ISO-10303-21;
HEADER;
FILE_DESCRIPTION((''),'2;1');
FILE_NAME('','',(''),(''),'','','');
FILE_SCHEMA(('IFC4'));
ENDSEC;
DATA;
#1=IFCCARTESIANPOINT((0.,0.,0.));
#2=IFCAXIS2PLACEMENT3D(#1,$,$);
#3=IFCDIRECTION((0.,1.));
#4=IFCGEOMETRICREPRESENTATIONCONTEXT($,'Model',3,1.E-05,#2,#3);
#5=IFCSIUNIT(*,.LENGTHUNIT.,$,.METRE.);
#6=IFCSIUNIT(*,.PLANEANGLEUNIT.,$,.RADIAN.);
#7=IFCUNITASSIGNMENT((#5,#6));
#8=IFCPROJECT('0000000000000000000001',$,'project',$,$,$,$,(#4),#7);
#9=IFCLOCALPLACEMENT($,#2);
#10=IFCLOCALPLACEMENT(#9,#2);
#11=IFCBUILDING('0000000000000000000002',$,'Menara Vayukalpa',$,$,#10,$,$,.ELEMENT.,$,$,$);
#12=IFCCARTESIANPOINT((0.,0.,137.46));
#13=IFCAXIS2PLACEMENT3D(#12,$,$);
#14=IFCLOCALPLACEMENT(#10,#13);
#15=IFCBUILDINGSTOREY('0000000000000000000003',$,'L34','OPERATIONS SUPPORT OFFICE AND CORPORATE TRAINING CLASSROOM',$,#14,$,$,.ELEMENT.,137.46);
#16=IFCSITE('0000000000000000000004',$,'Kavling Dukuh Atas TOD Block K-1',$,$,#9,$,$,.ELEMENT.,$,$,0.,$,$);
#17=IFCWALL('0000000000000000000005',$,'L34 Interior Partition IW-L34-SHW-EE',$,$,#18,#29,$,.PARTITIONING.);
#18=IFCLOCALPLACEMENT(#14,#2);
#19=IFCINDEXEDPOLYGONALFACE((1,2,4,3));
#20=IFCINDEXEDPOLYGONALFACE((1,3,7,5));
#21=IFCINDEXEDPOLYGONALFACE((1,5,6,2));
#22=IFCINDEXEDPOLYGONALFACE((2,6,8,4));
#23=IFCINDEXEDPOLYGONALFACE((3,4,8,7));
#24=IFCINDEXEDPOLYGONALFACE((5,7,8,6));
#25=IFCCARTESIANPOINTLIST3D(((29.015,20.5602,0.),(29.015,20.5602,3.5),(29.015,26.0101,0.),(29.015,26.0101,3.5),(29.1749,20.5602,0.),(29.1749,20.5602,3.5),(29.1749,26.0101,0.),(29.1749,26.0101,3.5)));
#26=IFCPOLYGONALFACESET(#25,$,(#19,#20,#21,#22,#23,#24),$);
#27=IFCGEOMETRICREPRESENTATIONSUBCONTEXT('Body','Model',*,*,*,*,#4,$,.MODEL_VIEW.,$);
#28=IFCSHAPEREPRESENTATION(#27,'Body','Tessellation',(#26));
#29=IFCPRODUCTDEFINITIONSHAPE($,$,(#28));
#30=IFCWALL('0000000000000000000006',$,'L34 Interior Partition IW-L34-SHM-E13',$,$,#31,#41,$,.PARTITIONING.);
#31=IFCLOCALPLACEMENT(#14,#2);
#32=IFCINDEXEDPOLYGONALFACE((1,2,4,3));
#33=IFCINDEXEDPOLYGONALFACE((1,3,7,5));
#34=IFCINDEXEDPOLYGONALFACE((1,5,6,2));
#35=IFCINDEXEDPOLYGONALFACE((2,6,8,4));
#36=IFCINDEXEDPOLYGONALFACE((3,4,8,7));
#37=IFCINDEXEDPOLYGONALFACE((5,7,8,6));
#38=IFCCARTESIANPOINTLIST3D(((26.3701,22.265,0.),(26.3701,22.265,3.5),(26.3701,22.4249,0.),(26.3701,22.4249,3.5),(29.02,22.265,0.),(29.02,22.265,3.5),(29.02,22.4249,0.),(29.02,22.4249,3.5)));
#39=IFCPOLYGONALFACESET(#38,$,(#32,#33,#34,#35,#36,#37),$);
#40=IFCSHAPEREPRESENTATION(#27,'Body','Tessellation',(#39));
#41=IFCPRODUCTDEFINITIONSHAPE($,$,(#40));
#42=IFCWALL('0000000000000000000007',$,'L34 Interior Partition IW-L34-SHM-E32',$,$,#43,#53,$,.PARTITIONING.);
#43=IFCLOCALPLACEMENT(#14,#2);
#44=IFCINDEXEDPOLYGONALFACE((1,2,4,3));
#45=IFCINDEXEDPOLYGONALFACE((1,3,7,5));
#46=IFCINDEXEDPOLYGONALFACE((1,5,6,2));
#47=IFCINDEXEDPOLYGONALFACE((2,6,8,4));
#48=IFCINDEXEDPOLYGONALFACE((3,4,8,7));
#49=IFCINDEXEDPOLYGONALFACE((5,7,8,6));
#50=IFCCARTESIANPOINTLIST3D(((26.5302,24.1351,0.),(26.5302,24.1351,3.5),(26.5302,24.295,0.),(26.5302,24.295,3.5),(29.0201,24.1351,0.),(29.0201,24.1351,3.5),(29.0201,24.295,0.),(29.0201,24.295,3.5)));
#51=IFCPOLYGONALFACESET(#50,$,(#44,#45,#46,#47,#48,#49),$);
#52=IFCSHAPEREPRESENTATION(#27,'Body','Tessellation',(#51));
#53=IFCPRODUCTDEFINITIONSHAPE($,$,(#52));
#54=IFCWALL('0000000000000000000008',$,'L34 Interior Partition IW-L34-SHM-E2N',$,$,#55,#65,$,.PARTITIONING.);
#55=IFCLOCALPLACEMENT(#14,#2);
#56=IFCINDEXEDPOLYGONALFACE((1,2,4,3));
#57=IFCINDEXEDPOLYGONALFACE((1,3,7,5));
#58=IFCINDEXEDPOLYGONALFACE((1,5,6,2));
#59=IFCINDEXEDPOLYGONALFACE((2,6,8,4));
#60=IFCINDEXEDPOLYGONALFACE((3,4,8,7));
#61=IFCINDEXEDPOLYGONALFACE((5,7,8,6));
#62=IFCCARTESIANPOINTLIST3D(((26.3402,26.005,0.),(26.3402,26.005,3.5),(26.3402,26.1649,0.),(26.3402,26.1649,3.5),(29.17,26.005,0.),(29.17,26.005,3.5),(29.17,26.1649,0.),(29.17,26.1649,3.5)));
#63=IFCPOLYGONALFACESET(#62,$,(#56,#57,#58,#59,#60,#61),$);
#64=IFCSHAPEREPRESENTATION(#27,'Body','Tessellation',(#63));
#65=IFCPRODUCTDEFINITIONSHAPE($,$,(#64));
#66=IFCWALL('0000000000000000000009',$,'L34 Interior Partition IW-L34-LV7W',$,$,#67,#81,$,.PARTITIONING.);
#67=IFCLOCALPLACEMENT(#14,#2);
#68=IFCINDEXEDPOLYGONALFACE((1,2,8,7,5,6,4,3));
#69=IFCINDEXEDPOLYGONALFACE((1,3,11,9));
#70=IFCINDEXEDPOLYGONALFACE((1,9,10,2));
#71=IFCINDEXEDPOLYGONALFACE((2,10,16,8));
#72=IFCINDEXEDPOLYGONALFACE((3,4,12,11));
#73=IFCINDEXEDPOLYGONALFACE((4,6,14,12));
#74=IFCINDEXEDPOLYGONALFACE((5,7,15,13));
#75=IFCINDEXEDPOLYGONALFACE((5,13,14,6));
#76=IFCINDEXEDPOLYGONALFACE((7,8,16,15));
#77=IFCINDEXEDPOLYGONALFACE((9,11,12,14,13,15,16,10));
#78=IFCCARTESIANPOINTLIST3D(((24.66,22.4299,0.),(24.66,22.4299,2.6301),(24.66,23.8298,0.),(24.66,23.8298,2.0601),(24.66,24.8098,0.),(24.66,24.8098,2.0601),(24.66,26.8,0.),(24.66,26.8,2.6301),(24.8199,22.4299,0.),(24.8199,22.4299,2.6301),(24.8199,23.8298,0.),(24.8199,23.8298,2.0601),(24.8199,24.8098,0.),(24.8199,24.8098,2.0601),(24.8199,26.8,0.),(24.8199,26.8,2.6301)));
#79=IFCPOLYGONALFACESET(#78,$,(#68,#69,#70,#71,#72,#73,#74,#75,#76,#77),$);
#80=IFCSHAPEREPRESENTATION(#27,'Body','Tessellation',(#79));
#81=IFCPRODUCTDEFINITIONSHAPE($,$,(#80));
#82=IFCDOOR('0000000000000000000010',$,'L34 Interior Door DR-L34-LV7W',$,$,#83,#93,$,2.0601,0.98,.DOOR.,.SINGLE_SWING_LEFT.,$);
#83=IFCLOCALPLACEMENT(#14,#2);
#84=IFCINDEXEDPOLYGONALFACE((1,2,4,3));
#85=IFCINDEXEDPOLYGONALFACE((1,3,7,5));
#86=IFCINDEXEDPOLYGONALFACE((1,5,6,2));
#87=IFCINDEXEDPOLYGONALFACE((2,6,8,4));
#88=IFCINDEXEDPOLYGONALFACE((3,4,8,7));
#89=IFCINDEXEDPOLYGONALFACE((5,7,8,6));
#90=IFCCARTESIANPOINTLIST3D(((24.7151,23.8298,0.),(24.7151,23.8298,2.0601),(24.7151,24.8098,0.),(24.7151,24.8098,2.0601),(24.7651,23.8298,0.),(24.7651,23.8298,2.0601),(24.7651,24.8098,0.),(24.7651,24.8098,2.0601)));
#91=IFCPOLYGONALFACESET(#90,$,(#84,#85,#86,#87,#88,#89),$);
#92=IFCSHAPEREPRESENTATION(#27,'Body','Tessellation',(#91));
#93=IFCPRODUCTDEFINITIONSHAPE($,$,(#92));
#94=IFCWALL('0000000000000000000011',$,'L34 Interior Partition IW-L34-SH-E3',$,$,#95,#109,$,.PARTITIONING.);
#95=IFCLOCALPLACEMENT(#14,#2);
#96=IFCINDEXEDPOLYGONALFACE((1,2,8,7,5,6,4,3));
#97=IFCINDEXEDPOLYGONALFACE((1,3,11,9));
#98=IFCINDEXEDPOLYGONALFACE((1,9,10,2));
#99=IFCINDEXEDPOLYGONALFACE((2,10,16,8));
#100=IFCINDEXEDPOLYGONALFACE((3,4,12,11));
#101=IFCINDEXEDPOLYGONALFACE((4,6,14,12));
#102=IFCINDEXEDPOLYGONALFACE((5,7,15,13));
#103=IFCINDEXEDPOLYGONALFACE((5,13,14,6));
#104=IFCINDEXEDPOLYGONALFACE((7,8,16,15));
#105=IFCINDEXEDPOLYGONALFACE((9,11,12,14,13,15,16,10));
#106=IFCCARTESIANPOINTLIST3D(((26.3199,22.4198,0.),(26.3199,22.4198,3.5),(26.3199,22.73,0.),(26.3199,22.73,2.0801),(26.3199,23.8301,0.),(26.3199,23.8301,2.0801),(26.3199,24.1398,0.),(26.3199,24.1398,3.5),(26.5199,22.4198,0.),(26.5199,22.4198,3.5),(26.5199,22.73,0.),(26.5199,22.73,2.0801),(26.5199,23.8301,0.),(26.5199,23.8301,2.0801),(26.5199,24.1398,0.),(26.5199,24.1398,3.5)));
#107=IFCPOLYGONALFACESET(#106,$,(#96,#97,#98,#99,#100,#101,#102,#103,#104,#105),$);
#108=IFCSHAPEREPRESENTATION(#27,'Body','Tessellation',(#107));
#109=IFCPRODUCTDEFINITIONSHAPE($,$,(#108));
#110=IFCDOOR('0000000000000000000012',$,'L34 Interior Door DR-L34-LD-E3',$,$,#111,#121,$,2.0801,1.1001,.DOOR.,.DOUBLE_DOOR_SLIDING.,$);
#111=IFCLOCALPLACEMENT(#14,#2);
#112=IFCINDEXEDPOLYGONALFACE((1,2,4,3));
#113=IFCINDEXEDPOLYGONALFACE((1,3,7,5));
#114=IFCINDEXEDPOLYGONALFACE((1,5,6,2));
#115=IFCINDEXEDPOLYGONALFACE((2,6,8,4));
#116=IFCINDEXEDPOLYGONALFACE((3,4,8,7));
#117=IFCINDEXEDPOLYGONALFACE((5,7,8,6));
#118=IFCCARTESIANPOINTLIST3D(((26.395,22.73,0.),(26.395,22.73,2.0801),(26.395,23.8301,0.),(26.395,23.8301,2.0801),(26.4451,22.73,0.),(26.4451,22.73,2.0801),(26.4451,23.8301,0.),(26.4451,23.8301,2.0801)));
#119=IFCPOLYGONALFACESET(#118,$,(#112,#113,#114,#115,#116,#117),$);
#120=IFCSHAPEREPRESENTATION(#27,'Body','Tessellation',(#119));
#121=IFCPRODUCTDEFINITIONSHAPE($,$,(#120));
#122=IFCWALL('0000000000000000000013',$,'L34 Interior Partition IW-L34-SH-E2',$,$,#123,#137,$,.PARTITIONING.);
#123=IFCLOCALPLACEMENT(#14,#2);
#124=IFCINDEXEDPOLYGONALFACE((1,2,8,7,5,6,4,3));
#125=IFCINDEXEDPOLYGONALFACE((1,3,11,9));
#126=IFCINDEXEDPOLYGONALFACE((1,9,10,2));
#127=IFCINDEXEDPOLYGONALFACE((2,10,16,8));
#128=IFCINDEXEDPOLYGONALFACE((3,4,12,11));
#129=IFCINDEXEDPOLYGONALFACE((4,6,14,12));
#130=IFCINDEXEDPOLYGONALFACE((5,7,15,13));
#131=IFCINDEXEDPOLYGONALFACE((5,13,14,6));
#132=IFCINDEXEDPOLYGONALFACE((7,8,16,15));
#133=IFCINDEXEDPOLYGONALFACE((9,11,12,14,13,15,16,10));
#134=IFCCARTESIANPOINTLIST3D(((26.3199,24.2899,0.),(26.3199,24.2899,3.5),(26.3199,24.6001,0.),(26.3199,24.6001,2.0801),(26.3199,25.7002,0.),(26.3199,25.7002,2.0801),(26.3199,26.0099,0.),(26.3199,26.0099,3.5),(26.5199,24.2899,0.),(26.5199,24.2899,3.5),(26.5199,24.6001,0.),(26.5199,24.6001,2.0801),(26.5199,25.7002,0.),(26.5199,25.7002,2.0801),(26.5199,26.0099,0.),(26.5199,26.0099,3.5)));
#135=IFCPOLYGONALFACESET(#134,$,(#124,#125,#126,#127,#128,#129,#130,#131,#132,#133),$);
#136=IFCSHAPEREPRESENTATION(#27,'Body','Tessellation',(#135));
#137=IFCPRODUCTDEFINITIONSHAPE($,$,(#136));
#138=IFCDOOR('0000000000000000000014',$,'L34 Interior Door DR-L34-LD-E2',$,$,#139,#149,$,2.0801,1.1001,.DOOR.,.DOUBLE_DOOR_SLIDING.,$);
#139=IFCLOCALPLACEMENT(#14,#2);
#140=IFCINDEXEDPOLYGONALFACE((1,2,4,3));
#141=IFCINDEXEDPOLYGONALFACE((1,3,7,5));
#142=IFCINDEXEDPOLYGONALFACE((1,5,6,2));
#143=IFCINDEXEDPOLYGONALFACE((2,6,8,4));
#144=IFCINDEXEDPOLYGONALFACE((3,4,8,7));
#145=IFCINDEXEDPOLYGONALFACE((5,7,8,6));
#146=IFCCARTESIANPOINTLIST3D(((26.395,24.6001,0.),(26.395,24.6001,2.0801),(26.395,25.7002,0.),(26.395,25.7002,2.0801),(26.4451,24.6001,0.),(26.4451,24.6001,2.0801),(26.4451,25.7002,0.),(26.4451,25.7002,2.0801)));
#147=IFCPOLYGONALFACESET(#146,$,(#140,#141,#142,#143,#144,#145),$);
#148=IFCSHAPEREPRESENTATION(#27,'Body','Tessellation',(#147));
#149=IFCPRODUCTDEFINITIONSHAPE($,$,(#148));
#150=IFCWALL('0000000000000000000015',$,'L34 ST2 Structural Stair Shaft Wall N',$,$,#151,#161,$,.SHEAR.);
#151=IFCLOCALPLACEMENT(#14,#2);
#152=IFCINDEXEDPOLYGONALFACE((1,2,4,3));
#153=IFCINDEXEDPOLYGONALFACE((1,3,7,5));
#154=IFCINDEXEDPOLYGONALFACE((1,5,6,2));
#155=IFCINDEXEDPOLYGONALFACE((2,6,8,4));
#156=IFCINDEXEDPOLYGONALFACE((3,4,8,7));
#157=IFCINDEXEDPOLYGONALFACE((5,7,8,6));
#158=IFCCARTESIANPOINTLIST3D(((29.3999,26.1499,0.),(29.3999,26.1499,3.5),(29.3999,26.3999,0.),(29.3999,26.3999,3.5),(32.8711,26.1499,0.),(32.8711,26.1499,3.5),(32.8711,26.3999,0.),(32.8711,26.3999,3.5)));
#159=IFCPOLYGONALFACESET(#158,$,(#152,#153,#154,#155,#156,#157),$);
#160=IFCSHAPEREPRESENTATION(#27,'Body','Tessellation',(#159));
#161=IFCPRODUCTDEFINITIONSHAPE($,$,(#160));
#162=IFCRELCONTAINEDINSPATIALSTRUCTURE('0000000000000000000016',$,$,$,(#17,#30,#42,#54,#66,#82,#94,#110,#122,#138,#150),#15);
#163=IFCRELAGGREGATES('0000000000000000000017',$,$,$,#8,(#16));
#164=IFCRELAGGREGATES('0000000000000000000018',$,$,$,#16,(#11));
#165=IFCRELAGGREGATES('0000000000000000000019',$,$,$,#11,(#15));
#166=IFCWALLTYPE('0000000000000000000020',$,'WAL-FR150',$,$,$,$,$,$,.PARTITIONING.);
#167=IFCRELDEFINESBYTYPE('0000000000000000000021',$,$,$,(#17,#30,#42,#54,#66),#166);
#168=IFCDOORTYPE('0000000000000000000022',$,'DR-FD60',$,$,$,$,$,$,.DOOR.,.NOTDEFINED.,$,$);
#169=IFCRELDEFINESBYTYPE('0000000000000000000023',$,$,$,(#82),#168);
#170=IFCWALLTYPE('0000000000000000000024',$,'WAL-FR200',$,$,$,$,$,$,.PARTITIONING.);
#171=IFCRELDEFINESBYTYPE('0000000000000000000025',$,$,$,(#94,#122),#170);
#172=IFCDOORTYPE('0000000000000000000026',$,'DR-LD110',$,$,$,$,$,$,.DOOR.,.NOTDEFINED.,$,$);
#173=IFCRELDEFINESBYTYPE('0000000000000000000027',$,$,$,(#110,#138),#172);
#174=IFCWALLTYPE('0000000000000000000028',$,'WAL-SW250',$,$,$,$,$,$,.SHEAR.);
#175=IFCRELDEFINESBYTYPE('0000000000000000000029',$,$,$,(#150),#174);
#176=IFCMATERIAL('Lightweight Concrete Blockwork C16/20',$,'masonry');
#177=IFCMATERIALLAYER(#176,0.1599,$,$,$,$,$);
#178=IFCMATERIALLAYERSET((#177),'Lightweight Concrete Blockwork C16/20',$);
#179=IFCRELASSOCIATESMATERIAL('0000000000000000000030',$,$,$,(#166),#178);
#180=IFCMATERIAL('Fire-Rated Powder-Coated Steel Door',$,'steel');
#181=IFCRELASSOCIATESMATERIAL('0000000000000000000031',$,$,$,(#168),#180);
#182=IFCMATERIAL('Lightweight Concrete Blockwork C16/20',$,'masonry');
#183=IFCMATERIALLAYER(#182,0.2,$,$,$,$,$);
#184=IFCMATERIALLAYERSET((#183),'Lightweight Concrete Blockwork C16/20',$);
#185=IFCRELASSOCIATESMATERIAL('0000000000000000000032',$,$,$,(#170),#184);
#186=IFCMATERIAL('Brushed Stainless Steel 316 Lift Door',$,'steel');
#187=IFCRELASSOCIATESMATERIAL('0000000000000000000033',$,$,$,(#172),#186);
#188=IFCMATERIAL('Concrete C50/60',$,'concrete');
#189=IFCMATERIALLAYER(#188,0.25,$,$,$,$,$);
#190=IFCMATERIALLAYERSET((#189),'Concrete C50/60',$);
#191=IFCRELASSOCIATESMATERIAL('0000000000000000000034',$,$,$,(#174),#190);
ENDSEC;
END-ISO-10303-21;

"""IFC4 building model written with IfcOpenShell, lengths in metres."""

from ifc_helpers import new_model, si_unit, direction, frame, frame_2d, origin, place, context, subcontext, project, spatial, rectangle, extrude, material, layer, layer_set, type_object, element, fill, save


model = new_model("IFC4")

# Units and contexts
model_context = context("Model", 3, precision=1e-05, world=origin(), true_north=direction((0.0, 1.0)))
body_context = subcontext(model_context, "Body", "Model", "MODEL_VIEW")
ifc_project = project(units=[si_unit("LENGTHUNIT", "METRE"), si_unit("PLANEANGLEUNIT", "RADIAN")], contexts=[model_context])

# Site, building, storey
site_placement = place(None, origin())
site = spatial("IfcSite", under=ifc_project, at=site_placement, Name="Kavling Dukuh Atas TOD Block K-1", CompositionType="ELEMENT", RefElevation=0.0)
building_placement = place(site_placement, origin())
building = spatial("IfcBuilding", under=site, at=building_placement, Name="Menara Vayukalpa", CompositionType="ELEMENT")
storey_placement = place(building_placement, frame((0.0, 0.0, 137.46)))
storey = spatial("IfcBuildingStorey", under=building, at=storey_placement, Name="L34", Description="OPERATIONS SUPPORT OFFICE AND CORPORATE TRAINING CLASSROOM", CompositionType="ELEMENT", Elevation=137.46)

# Walls
ifc_material_1 = material(Name="Lightweight Concrete Blockwork C16/20", Category="masonry")
ifc_layer_1 = layer(ifc_material_1, 0.1599)
ifc_layer_set_1 = layer_set([ifc_layer_1], Name="Lightweight Concrete Blockwork C16/20")
wall_type_1 = type_object("IfcWallType", Name="WAL-FR150", PredefinedType="PARTITIONING", material=ifc_layer_set_1)
wall_1_placement = place(storey_placement, frame((29.095, 20.5601, 0.0), z_axis=(0.0, 0.0, 1.0), x_axis=(0.0, 1.0, 0.0)))
element("IfcWall", 1, at=wall_1_placement, inside=storey, type_object=wall_type_1, Name="L34 Interior Partition IW-L34-SHW-EE", PredefinedType="PARTITIONING", context=body_context, shape_type="SweptSolid", body=[
    extrude(rectangle(XDim=5.45, YDim=0.1599, at=frame_2d((2.7251, 0.0))), origin(), (0.0, 0.0, 1.0), 3.5),
])
wall_2_placement = place(storey_placement, frame((26.3701, 22.345, 0.0), z_axis=(0.0, 0.0, 1.0), x_axis=(1.0, 0.0, 0.0)))
element("IfcWall", 2, at=wall_2_placement, inside=storey, type_object=wall_type_1, Name="L34 Interior Partition IW-L34-SHM-E13", PredefinedType="PARTITIONING", context=body_context, shape_type="SweptSolid", body=[
    extrude(rectangle(XDim=2.6499, YDim=0.1599, at=frame_2d((1.325, 0.0))), origin(), (0.0, 0.0, 1.0), 3.5),
])
wall_3_placement = place(storey_placement, frame((26.53, 24.2151, 0.0), z_axis=(0.0, 0.0, 1.0), x_axis=(1.0, 0.0, 0.0)))
element("IfcWall", 3, at=wall_3_placement, inside=storey, type_object=wall_type_1, Name="L34 Interior Partition IW-L34-SHM-E32", PredefinedType="PARTITIONING", context=body_context, shape_type="SweptSolid", body=[
    extrude(rectangle(XDim=2.49, YDim=0.1599, at=frame_2d((1.2451, 0.0))), origin(), (0.0, 0.0, 1.0), 3.5),
])
wall_4_placement = place(storey_placement, frame((26.3401, 26.085, 0.0), z_axis=(0.0, 0.0, 1.0), x_axis=(1.0, 0.0, 0.0)))
element("IfcWall", 4, at=wall_4_placement, inside=storey, type_object=wall_type_1, Name="L34 Interior Partition IW-L34-SHM-E2N", PredefinedType="PARTITIONING", context=body_context, shape_type="SweptSolid", body=[
    extrude(rectangle(XDim=2.8298, YDim=0.1599, at=frame_2d((1.415, 0.0))), origin(), (0.0, 0.0, 1.0), 3.5),
])

# Walls, openings, doors
wall_5_placement = place(storey_placement, frame((24.74, 22.4299, 0.0), z_axis=(0.0, 0.0, 1.0), x_axis=(0.0, 1.0, 0.0)))
wall_5 = element("IfcWall", 5, at=wall_5_placement, inside=storey, type_object=wall_type_1, Name="L34 Interior Partition IW-L34-LV7W", PredefinedType="PARTITIONING", context=body_context, shape_type="SweptSolid", body=[
    extrude(rectangle(XDim=4.3701, YDim=0.1599, at=frame_2d((2.1851, 0.0))), origin(), (0.0, 0.0, 1.0), 2.6301),
])
opening_1_placement = place(wall_5_placement, frame((1.3999, 0.0, 0.0)))
opening_1 = element("IfcOpeningElement", 6, at=opening_1_placement, cuts=wall_5, PredefinedType="OPENING", context=body_context, shape_type="SweptSolid", body=[
    extrude(rectangle(XDim=0.98, YDim=2.0601, at=frame_2d((0.49, 1.03))), frame((0.0, 0.0898, 0.0), z_axis=(0.0, -1.0, 0.0), x_axis=(1.0, 0.0, 0.0)), (0.0, 0.0, 1.0), 0.1799),
])
ifc_material_2 = material(Name="Fire-Rated Powder-Coated Steel Door", Category="steel")
door_type_1 = type_object("IfcDoorType", Name="DR-FD60", OperationType="NOTDEFINED", PredefinedType="DOOR", material=ifc_material_2)
door_1_placement = place(opening_1_placement, origin())
door_1 = element("IfcDoor", 7, at=door_1_placement, inside=storey, type_object=door_type_1, Name="L34 Interior Door DR-L34-LV7W", OperationType="SINGLE_SWING_LEFT", OverallHeight=2.0601, OverallWidth=0.98, PredefinedType="DOOR", context=body_context, shape_type="SweptSolid", body=[
    extrude(rectangle(XDim=0.98, YDim=2.0601, at=frame_2d((0.49, 1.03))), frame((0.0, 0.0249, 0.0), z_axis=(0.0, -1.0, 0.0), x_axis=(1.0, 0.0, 0.0)), (0.0, 0.0, 1.0), 0.05),
])
fill(opening_1, door_1)
ifc_material_3 = material(Name="Lightweight Concrete Blockwork C16/20", Category="masonry")
ifc_layer_2 = layer(ifc_material_3, 0.2)
ifc_layer_set_2 = layer_set([ifc_layer_2], Name="Lightweight Concrete Blockwork C16/20")
wall_type_2 = type_object("IfcWallType", Name="WAL-FR200", PredefinedType="PARTITIONING", material=ifc_layer_set_2)
wall_6_placement = place(storey_placement, frame((26.4199, 22.4199, 0.0), z_axis=(0.0, 0.0, 1.0), x_axis=(0.0, 1.0, 0.0)))
wall_6 = element("IfcWall", 8, at=wall_6_placement, inside=storey, type_object=wall_type_2, Name="L34 Interior Partition IW-L34-SH-E3", PredefinedType="PARTITIONING", context=body_context, shape_type="SweptSolid", body=[
    extrude(rectangle(XDim=1.72, YDim=0.2, at=frame_2d((0.8599, 0.0))), origin(), (0.0, 0.0, 1.0), 3.5),
])
opening_2_placement = place(wall_6_placement, frame((0.3101, 0.0, 0.0)))
opening_2 = element("IfcOpeningElement", 9, at=opening_2_placement, cuts=wall_6, PredefinedType="OPENING", context=body_context, shape_type="SweptSolid", body=[
    extrude(rectangle(XDim=1.1001, YDim=2.0801, at=frame_2d((0.55, 1.04))), frame((0.0, 0.1099, 0.0), z_axis=(0.0, -1.0, 0.0), x_axis=(1.0, 0.0, 0.0)), (0.0, 0.0, 1.0), 0.22),
])
ifc_material_4 = material(Name="Brushed Stainless Steel 316 Lift Door", Category="steel")
door_type_2 = type_object("IfcDoorType", Name="DR-LD110", OperationType="NOTDEFINED", PredefinedType="DOOR", material=ifc_material_4)
door_2_placement = place(opening_2_placement, origin())
door_2 = element("IfcDoor", 10, at=door_2_placement, inside=storey, type_object=door_type_2, Name="L34 Interior Door DR-L34-LD-E3", OperationType="DOUBLE_DOOR_SLIDING", OverallHeight=2.0801, OverallWidth=1.1001, PredefinedType="DOOR", context=body_context, shape_type="SweptSolid", body=[
    extrude(rectangle(XDim=1.1001, YDim=2.0801, at=frame_2d((0.55, 1.04))), frame((0.0, 0.0249, 0.0), z_axis=(0.0, -1.0, 0.0), x_axis=(1.0, 0.0, 0.0)), (0.0, 0.0, 1.0), 0.05),
])
fill(opening_2, door_2)
wall_7_placement = place(storey_placement, frame((26.4199, 24.29, 0.0), z_axis=(0.0, 0.0, 1.0), x_axis=(0.0, 1.0, 0.0)))
wall_7 = element("IfcWall", 11, at=wall_7_placement, inside=storey, type_object=wall_type_2, Name="L34 Interior Partition IW-L34-SH-E2", PredefinedType="PARTITIONING", context=body_context, shape_type="SweptSolid", body=[
    extrude(rectangle(XDim=1.72, YDim=0.2, at=frame_2d((0.8599, 0.0))), origin(), (0.0, 0.0, 1.0), 3.5),
])
opening_3_placement = place(wall_7_placement, frame((0.3101, 0.0, 0.0)))
opening_3 = element("IfcOpeningElement", 12, at=opening_3_placement, cuts=wall_7, PredefinedType="OPENING", context=body_context, shape_type="SweptSolid", body=[
    extrude(rectangle(XDim=1.1001, YDim=2.0801, at=frame_2d((0.55, 1.04))), frame((0.0, 0.1099, 0.0), z_axis=(0.0, -1.0, 0.0), x_axis=(1.0, 0.0, 0.0)), (0.0, 0.0, 1.0), 0.22),
])
door_3_placement = place(opening_3_placement, origin())
door_3 = element("IfcDoor", 13, at=door_3_placement, inside=storey, type_object=door_type_2, Name="L34 Interior Door DR-L34-LD-E2", OperationType="DOUBLE_DOOR_SLIDING", OverallHeight=2.0801, OverallWidth=1.1001, PredefinedType="DOOR", context=body_context, shape_type="SweptSolid", body=[
    extrude(rectangle(XDim=1.1001, YDim=2.0801, at=frame_2d((0.55, 1.04))), frame((0.0, 0.0249, 0.0), z_axis=(0.0, -1.0, 0.0), x_axis=(1.0, 0.0, 0.0)), (0.0, 0.0, 1.0), 0.05),
])
fill(opening_3, door_3)

# Wall
ifc_material_5 = material(Name="Concrete C50/60", Category="concrete")
ifc_layer_3 = layer(ifc_material_5, 0.25)
ifc_layer_set_3 = layer_set([ifc_layer_3], Name="Concrete C50/60")
wall_type_3 = type_object("IfcWallType", Name="WAL-SW250", PredefinedType="SHEAR", material=ifc_layer_set_3)
wall_8_placement = place(storey_placement, frame((29.3999, 26.2749, 0.0), z_axis=(0.0, 0.0, 1.0), x_axis=(1.0, 0.0, 0.0)))
element("IfcWall", 14, at=wall_8_placement, inside=storey, type_object=wall_type_3, Name="L34 ST2 Structural Stair Shaft Wall N", PredefinedType="SHEAR", context=body_context, shape_type="SweptSolid", body=[
    extrude(rectangle(XDim=3.4712, YDim=0.25, at=frame_2d((1.7356, 0.0))), origin(), (0.0, 0.0, 1.0), 3.5),
])

save(model, "model.ifc")
